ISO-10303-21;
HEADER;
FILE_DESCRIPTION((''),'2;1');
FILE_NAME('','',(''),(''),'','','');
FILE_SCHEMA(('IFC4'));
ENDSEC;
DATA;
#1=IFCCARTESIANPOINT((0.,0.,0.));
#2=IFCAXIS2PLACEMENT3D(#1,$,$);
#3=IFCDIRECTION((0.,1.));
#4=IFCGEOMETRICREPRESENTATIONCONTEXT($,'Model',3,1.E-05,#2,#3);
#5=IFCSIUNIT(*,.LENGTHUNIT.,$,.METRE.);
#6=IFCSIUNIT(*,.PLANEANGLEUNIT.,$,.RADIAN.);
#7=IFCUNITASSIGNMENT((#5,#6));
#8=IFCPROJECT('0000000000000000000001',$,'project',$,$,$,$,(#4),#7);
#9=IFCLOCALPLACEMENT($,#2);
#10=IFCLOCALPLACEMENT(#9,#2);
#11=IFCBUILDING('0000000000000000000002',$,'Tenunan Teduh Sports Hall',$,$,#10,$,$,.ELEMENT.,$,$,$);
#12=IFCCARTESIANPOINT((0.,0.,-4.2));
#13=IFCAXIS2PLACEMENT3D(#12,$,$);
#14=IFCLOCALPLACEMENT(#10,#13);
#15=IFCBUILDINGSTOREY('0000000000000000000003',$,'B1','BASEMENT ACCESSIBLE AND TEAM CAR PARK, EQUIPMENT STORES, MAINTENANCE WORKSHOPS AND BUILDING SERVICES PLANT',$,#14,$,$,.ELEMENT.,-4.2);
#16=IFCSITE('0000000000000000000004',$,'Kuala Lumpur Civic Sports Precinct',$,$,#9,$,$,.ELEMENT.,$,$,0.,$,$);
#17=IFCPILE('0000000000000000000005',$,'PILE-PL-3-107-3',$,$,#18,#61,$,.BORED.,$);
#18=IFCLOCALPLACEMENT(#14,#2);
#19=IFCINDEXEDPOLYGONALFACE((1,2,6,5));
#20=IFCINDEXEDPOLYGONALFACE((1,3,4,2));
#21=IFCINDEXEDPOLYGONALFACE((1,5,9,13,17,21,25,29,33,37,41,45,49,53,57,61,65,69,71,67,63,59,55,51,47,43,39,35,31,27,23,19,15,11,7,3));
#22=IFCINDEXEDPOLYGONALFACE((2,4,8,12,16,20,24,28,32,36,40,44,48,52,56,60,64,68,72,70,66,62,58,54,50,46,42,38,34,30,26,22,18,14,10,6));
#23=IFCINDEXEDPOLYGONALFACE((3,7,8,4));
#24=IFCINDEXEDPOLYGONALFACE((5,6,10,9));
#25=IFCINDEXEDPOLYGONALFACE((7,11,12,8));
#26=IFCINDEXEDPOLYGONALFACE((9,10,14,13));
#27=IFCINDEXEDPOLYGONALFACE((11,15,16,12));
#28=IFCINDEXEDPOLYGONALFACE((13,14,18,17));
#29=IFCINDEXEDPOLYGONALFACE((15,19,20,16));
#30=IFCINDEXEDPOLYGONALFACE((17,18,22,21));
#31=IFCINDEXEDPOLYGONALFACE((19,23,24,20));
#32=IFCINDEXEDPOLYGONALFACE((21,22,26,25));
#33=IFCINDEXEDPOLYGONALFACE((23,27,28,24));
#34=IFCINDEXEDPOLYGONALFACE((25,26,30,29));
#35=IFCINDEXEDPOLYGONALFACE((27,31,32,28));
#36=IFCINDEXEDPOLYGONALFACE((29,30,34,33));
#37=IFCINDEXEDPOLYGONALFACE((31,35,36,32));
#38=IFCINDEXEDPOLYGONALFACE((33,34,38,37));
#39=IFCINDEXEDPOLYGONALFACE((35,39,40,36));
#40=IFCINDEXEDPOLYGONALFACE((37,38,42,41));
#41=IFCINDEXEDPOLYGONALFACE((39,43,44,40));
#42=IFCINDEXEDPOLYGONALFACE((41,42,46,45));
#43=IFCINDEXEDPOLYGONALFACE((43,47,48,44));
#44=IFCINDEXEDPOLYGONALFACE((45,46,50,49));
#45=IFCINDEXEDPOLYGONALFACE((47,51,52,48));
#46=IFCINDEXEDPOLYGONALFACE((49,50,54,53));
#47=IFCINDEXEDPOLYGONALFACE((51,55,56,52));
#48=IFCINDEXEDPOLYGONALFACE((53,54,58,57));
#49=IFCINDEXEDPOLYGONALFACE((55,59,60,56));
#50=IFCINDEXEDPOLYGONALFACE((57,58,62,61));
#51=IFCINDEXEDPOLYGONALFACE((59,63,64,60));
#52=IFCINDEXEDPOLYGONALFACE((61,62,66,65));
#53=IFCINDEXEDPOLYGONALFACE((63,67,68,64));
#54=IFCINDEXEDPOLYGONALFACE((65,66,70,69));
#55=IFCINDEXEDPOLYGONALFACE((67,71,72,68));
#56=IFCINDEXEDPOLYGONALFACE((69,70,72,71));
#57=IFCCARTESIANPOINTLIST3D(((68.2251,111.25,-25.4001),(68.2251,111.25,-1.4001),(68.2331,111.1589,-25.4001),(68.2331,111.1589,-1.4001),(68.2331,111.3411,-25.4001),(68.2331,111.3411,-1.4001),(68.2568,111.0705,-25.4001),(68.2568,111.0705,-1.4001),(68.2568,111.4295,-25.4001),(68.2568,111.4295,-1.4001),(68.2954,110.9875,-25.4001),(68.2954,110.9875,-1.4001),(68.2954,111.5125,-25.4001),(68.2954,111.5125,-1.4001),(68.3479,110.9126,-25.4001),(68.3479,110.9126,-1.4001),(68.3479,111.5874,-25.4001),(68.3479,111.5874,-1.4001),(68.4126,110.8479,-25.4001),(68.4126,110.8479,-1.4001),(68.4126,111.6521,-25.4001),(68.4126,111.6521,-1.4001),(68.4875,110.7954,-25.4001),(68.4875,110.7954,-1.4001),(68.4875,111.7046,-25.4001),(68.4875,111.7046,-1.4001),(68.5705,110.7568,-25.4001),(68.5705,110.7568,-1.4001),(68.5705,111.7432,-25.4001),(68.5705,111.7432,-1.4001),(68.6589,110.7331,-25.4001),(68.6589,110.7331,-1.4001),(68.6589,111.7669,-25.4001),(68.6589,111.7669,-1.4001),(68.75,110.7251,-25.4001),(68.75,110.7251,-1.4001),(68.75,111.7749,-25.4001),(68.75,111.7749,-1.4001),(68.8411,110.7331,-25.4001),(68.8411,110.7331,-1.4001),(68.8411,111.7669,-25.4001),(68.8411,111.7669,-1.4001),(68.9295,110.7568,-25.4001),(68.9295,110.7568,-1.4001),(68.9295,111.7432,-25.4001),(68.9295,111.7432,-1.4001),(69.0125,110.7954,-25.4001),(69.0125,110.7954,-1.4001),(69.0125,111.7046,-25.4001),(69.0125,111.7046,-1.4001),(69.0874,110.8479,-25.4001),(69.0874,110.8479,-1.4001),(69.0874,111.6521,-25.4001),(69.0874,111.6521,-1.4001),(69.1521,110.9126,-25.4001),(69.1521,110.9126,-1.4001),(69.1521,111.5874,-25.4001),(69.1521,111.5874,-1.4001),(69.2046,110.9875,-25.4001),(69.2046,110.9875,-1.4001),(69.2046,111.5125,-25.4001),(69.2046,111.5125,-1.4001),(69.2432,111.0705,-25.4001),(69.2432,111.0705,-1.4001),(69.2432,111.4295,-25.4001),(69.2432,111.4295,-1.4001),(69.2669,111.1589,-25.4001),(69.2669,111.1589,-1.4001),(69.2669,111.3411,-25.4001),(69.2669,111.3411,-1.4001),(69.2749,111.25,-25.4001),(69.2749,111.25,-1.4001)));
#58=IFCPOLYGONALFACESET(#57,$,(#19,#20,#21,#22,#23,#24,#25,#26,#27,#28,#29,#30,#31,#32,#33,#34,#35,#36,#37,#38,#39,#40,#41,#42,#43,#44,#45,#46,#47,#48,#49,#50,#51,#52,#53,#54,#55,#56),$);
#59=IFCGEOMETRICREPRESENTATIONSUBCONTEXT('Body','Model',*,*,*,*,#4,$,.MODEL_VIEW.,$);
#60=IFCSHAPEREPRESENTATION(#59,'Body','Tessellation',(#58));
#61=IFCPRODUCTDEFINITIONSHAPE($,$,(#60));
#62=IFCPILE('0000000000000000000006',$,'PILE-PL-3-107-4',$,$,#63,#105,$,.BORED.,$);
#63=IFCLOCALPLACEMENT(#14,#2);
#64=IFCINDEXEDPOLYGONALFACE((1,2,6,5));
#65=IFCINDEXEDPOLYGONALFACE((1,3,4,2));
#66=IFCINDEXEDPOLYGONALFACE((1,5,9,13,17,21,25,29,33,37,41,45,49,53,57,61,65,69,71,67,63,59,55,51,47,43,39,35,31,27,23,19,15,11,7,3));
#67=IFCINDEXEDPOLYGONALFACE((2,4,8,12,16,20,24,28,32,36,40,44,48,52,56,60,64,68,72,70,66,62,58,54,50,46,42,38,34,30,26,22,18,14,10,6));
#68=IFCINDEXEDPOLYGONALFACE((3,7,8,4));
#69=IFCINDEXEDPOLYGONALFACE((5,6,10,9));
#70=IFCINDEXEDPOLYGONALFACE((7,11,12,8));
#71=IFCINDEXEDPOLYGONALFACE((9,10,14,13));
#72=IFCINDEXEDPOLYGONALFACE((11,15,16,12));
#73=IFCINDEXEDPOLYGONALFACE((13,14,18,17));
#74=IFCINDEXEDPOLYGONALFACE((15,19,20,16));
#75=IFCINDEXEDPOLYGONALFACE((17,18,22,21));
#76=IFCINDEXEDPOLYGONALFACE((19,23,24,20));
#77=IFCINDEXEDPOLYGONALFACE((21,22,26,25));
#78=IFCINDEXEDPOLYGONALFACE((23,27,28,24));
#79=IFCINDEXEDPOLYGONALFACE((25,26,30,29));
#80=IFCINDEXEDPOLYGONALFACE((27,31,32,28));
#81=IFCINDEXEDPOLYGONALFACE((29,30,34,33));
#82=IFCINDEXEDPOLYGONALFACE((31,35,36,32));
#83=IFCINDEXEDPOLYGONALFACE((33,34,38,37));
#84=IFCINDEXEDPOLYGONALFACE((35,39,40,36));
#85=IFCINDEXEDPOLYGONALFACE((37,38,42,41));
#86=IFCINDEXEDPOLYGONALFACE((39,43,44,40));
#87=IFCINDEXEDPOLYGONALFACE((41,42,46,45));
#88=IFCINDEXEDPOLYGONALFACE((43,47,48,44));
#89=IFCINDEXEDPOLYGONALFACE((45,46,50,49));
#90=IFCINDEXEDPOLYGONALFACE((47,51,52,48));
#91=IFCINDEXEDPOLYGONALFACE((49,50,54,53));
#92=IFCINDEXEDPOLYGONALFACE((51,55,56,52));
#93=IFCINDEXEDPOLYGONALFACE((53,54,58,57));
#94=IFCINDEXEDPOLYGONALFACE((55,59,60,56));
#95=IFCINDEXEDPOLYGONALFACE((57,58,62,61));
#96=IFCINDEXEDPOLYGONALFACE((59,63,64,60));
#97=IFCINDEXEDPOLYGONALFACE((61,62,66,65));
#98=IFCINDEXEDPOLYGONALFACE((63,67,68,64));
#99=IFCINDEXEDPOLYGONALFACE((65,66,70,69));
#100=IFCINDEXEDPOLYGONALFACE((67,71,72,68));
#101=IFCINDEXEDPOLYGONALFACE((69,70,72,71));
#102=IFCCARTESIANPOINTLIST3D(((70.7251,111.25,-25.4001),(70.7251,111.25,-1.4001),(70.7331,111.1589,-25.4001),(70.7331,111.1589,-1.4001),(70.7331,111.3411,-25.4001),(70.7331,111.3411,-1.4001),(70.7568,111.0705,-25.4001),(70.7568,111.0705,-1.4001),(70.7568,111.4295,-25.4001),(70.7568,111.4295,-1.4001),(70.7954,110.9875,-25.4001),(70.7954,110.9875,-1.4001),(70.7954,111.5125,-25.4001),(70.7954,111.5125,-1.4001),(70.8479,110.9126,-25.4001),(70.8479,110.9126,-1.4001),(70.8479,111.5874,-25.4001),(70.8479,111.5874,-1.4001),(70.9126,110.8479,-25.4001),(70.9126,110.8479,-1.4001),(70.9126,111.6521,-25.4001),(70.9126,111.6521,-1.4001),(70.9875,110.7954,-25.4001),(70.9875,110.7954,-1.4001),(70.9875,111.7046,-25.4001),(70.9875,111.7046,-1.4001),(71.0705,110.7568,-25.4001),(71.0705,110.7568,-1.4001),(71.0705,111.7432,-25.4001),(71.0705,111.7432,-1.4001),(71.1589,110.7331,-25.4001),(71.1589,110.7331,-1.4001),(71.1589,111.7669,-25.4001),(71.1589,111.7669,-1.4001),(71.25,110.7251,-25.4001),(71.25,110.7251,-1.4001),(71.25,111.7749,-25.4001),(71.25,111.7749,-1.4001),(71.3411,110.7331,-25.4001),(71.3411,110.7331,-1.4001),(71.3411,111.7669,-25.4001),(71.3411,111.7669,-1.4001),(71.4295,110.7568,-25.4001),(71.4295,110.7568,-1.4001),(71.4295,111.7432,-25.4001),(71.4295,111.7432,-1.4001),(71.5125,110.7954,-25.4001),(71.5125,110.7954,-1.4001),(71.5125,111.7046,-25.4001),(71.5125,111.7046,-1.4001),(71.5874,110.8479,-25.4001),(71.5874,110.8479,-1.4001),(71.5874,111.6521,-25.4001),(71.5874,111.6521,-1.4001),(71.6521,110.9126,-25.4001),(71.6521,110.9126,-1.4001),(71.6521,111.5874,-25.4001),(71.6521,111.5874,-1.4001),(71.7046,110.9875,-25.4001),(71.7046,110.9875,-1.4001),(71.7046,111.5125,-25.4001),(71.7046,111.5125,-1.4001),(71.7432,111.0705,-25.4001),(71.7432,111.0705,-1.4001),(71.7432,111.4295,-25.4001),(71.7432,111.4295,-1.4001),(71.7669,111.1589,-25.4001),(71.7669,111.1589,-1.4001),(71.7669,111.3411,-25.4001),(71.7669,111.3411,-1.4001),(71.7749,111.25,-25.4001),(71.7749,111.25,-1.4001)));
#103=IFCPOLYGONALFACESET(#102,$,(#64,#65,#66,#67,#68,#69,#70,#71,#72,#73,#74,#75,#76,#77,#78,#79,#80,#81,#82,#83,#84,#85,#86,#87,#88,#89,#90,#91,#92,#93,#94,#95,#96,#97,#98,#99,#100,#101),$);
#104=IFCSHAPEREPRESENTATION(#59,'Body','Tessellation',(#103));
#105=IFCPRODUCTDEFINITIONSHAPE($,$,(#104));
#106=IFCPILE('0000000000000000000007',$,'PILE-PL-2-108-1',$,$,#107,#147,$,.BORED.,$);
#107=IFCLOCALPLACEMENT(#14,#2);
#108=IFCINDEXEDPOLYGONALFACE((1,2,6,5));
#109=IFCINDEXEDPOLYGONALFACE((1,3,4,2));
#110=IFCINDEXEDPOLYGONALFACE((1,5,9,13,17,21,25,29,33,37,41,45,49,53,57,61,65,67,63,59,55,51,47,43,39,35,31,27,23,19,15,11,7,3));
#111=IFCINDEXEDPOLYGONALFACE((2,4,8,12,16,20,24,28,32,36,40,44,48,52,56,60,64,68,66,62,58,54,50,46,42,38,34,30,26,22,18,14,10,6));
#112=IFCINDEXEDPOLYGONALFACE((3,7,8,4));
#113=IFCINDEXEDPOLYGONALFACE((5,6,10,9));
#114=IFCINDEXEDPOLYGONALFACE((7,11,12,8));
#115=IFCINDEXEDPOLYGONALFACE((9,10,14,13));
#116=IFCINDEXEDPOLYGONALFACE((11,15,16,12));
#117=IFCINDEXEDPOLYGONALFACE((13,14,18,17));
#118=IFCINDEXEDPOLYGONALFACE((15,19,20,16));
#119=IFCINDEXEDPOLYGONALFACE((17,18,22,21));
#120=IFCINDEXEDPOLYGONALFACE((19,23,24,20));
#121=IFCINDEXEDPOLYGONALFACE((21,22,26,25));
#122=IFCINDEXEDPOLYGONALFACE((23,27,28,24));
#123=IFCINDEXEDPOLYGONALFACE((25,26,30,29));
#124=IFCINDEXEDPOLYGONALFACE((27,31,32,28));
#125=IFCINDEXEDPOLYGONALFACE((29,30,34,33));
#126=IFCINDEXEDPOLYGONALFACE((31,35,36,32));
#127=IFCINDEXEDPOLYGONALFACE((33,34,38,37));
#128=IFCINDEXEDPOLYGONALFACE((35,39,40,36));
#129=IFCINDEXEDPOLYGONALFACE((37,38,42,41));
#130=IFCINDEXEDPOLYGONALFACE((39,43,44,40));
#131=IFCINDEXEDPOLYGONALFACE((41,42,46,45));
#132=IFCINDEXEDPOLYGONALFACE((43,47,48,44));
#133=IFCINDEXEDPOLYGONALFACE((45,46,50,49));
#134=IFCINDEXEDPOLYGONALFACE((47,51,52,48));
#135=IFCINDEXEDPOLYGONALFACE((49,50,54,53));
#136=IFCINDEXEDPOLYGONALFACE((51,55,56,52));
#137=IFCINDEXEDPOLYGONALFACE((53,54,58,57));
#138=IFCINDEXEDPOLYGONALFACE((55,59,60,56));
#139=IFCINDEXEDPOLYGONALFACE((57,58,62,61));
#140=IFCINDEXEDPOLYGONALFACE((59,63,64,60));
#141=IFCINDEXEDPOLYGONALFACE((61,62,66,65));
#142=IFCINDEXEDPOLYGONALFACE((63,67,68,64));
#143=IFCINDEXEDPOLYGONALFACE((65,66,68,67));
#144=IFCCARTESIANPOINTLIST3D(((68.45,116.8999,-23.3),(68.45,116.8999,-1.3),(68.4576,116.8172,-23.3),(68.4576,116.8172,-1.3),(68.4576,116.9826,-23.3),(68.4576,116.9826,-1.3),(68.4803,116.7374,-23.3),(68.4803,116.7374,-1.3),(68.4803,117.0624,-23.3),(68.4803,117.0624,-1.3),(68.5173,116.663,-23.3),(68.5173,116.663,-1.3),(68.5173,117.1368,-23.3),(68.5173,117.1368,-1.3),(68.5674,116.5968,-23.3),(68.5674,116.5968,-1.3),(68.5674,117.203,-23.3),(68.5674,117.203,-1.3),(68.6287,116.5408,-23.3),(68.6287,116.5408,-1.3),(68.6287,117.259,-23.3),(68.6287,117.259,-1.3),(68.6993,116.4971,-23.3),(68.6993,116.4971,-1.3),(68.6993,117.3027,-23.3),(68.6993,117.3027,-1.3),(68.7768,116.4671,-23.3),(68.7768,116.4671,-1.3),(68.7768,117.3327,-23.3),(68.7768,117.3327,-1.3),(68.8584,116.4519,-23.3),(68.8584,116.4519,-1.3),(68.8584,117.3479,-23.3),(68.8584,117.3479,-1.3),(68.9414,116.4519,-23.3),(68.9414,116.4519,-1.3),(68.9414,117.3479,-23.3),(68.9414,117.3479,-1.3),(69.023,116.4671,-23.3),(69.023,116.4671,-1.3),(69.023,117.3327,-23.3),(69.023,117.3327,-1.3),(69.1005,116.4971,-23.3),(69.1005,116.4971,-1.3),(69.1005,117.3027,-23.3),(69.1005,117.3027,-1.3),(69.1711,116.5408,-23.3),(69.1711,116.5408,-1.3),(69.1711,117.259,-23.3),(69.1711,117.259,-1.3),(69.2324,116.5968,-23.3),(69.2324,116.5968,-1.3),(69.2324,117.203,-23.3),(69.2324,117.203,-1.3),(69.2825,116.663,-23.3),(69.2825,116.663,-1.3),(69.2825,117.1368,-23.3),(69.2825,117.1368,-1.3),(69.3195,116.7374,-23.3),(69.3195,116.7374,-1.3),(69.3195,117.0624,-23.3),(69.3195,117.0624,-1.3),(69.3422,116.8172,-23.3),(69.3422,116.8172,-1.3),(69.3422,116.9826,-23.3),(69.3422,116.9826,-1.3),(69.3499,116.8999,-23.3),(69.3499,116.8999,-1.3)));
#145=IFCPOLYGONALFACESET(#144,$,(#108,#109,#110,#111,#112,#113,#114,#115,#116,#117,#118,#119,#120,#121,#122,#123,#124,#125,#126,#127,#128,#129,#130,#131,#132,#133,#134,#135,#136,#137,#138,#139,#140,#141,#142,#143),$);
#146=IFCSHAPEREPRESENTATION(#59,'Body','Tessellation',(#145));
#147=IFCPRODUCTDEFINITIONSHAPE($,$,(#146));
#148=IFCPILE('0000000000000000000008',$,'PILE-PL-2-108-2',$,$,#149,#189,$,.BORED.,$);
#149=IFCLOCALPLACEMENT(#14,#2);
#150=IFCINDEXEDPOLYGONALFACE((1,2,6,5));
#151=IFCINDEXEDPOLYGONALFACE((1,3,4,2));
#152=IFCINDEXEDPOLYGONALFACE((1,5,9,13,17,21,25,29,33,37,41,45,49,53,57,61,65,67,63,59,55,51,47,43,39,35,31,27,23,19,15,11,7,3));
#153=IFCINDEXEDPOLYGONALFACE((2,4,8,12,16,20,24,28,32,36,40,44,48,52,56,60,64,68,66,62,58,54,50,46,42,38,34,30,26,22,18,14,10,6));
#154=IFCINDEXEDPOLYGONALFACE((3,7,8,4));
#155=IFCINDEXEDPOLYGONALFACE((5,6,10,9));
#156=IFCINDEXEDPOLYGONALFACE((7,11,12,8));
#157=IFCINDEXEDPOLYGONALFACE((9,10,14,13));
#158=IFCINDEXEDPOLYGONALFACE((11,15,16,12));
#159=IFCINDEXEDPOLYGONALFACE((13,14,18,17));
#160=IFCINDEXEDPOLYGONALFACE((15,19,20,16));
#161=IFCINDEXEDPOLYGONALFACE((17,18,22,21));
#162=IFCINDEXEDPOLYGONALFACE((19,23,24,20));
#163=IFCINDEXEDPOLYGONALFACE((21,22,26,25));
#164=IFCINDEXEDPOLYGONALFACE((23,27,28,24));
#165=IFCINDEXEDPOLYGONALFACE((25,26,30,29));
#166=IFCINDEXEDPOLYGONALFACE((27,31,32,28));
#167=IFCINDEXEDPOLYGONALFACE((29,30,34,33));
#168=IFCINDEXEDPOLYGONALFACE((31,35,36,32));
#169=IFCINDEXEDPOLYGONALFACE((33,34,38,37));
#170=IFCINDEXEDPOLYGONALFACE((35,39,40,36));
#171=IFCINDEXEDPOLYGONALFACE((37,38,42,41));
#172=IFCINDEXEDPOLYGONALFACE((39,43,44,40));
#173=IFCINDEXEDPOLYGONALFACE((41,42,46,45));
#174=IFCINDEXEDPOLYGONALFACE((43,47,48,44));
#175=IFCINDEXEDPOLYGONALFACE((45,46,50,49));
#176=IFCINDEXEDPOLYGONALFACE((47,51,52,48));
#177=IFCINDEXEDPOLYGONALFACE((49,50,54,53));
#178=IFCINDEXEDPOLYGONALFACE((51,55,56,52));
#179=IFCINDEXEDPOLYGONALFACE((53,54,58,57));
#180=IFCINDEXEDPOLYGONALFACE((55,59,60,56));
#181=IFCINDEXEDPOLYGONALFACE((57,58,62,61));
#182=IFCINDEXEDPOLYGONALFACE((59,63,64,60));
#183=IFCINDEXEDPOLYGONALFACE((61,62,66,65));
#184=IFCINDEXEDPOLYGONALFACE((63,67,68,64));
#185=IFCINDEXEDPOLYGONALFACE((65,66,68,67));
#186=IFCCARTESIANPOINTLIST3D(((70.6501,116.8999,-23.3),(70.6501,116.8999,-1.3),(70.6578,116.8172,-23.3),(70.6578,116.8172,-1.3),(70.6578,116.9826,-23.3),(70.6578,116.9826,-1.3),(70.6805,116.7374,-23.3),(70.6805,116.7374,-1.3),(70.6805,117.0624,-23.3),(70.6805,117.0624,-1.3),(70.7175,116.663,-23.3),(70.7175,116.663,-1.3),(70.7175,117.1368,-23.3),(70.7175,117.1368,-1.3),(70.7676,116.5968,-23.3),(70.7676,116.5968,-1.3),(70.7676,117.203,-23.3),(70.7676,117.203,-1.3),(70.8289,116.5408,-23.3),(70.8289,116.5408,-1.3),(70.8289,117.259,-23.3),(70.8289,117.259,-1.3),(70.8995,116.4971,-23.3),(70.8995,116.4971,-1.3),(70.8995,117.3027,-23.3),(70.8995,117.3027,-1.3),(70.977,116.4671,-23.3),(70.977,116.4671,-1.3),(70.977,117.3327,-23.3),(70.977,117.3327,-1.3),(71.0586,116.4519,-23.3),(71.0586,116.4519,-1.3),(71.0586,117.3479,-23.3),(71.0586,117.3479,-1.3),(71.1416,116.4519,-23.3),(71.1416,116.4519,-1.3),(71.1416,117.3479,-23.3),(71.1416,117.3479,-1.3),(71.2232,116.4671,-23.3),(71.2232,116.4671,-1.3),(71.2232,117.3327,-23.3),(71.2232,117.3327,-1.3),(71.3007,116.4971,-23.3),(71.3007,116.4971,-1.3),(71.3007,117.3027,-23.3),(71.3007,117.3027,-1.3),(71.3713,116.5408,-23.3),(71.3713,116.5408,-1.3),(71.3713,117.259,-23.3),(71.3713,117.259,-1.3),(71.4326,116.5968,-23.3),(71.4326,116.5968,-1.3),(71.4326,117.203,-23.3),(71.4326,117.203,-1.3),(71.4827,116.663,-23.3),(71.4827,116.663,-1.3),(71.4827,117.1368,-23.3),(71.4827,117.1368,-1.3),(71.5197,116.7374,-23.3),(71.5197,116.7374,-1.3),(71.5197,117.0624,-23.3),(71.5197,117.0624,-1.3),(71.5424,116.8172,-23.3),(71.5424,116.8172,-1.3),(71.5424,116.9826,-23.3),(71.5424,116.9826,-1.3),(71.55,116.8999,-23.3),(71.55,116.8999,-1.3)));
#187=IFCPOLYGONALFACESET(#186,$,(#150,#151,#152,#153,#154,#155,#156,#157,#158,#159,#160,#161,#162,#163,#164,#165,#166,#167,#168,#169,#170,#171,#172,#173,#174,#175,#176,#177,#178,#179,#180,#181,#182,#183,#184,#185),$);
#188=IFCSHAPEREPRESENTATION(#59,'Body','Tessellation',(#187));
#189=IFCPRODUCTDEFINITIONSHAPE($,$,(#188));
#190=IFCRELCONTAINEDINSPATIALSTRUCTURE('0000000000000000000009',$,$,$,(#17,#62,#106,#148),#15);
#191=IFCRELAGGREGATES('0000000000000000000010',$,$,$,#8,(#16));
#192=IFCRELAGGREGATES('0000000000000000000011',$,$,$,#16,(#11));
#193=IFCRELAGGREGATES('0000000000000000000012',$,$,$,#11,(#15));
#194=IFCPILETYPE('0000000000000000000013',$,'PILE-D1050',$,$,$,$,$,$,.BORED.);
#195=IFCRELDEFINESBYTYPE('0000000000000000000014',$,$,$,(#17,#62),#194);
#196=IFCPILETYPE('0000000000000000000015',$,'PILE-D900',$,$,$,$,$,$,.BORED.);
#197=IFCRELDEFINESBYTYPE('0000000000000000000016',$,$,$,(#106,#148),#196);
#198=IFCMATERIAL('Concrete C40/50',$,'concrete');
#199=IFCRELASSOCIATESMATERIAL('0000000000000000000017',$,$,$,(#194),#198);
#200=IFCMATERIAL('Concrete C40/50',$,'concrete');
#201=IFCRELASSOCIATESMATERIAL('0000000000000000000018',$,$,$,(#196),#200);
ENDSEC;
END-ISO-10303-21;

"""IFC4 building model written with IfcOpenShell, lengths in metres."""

from ifc_helpers import new_model, si_unit, direction, frame, origin, origin_2d, place, context, subcontext, project, spatial, circle, extrude, material, material_profile, profile_set, type_object, element, save


model = new_model("IFC4")

# Units and contexts
model_context = context("Model", 3, precision=1e-05, world=origin(), true_north=direction((0.0, 1.0)))
body_context = subcontext(model_context, "Body", "Model", "MODEL_VIEW")
ifc_project = project(units=[si_unit("LENGTHUNIT", "METRE"), si_unit("PLANEANGLEUNIT", "RADIAN")], contexts=[model_context])

# Site, building, storey
site_placement = place(None, origin())
site = spatial("IfcSite", under=ifc_project, at=site_placement, Name="Kuala Lumpur Civic Sports Precinct", CompositionType="ELEMENT", RefElevation=0.0)
building_placement = place(site_placement, origin())
building = spatial("IfcBuilding", under=site, at=building_placement, Name="Tenunan Teduh Sports Hall", CompositionType="ELEMENT")
storey_placement = place(building_placement, frame((0.0, 0.0, -4.2)))
storey = spatial("IfcBuildingStorey", under=building, at=storey_placement, Name="B1", Description="BASEMENT ACCESSIBLE AND TEAM CAR PARK, EQUIPMENT STORES, MAINTENANCE WORKSHOPS AND BUILDING SERVICES PLANT", CompositionType="ELEMENT", Elevation=-4.2)

# Piles
ifc_material_1 = material(Name="Concrete C40/50", Category="concrete")
ifc_material_profile_1 = material_profile(ifc_material_1, circle(Radius=0.5249, at=origin_2d()), Name="PILE D1050")
ifc_profile_set_1 = profile_set([ifc_material_profile_1], Name="Concrete C40/50")
pile_type_1 = type_object("IfcPileType", Name="PILE-D1050", PredefinedType="BORED", material=ifc_profile_set_1)
for number, where, z_axis, x_axis, name in (
    (1, (68.75, 111.25, -1.4001), (0.0, 0.0, -1.0), (1.0, 0.0, 0.0), "PILE-PL-3-107-3"),
    (2, (71.25, 111.25, -1.4001), (0.0, 0.0, -1.0), (1.0, 0.0, 0.0), "PILE-PL-3-107-4"),
):
    element("IfcPile", number, at=place(storey_placement, frame(where, z_axis=z_axis, x_axis=x_axis)), inside=storey, type_object=pile_type_1, Name=name, PredefinedType="BORED", context=body_context, shape_type="SweptSolid", body=[
        extrude(circle(Radius=0.5249, at=origin_2d()), origin(), (0.0, 0.0, 1.0), 24.0),
    ])
ifc_material_2 = material(Name="Concrete C40/50", Category="concrete")
ifc_material_profile_2 = material_profile(ifc_material_2, circle(Radius=0.45, at=origin_2d()), Name="PILE D900")
ifc_profile_set_2 = profile_set([ifc_material_profile_2], Name="Concrete C40/50")
pile_type_2 = type_object("IfcPileType", Name="PILE-D900", PredefinedType="BORED", material=ifc_profile_set_2)
for number, where, z_axis, x_axis, name in (
    (3, (68.8999, 116.8999, -1.3), (0.0, 0.0, -1.0), (1.0, 0.0, 0.0), "PILE-PL-2-108-1"),
    (4, (71.1001, 116.8999, -1.3), (0.0, 0.0, -1.0), (1.0, 0.0, 0.0), "PILE-PL-2-108-2"),
):
    element("IfcPile", number, at=place(storey_placement, frame(where, z_axis=z_axis, x_axis=x_axis)), inside=storey, type_object=pile_type_2, Name=name, PredefinedType="BORED", context=body_context, shape_type="SweptSolid", body=[
        extrude(circle(Radius=0.45, at=origin_2d()), origin(), (0.0, 0.0, 1.0), 22.0),
    ])

save(model, "model.ifc")
